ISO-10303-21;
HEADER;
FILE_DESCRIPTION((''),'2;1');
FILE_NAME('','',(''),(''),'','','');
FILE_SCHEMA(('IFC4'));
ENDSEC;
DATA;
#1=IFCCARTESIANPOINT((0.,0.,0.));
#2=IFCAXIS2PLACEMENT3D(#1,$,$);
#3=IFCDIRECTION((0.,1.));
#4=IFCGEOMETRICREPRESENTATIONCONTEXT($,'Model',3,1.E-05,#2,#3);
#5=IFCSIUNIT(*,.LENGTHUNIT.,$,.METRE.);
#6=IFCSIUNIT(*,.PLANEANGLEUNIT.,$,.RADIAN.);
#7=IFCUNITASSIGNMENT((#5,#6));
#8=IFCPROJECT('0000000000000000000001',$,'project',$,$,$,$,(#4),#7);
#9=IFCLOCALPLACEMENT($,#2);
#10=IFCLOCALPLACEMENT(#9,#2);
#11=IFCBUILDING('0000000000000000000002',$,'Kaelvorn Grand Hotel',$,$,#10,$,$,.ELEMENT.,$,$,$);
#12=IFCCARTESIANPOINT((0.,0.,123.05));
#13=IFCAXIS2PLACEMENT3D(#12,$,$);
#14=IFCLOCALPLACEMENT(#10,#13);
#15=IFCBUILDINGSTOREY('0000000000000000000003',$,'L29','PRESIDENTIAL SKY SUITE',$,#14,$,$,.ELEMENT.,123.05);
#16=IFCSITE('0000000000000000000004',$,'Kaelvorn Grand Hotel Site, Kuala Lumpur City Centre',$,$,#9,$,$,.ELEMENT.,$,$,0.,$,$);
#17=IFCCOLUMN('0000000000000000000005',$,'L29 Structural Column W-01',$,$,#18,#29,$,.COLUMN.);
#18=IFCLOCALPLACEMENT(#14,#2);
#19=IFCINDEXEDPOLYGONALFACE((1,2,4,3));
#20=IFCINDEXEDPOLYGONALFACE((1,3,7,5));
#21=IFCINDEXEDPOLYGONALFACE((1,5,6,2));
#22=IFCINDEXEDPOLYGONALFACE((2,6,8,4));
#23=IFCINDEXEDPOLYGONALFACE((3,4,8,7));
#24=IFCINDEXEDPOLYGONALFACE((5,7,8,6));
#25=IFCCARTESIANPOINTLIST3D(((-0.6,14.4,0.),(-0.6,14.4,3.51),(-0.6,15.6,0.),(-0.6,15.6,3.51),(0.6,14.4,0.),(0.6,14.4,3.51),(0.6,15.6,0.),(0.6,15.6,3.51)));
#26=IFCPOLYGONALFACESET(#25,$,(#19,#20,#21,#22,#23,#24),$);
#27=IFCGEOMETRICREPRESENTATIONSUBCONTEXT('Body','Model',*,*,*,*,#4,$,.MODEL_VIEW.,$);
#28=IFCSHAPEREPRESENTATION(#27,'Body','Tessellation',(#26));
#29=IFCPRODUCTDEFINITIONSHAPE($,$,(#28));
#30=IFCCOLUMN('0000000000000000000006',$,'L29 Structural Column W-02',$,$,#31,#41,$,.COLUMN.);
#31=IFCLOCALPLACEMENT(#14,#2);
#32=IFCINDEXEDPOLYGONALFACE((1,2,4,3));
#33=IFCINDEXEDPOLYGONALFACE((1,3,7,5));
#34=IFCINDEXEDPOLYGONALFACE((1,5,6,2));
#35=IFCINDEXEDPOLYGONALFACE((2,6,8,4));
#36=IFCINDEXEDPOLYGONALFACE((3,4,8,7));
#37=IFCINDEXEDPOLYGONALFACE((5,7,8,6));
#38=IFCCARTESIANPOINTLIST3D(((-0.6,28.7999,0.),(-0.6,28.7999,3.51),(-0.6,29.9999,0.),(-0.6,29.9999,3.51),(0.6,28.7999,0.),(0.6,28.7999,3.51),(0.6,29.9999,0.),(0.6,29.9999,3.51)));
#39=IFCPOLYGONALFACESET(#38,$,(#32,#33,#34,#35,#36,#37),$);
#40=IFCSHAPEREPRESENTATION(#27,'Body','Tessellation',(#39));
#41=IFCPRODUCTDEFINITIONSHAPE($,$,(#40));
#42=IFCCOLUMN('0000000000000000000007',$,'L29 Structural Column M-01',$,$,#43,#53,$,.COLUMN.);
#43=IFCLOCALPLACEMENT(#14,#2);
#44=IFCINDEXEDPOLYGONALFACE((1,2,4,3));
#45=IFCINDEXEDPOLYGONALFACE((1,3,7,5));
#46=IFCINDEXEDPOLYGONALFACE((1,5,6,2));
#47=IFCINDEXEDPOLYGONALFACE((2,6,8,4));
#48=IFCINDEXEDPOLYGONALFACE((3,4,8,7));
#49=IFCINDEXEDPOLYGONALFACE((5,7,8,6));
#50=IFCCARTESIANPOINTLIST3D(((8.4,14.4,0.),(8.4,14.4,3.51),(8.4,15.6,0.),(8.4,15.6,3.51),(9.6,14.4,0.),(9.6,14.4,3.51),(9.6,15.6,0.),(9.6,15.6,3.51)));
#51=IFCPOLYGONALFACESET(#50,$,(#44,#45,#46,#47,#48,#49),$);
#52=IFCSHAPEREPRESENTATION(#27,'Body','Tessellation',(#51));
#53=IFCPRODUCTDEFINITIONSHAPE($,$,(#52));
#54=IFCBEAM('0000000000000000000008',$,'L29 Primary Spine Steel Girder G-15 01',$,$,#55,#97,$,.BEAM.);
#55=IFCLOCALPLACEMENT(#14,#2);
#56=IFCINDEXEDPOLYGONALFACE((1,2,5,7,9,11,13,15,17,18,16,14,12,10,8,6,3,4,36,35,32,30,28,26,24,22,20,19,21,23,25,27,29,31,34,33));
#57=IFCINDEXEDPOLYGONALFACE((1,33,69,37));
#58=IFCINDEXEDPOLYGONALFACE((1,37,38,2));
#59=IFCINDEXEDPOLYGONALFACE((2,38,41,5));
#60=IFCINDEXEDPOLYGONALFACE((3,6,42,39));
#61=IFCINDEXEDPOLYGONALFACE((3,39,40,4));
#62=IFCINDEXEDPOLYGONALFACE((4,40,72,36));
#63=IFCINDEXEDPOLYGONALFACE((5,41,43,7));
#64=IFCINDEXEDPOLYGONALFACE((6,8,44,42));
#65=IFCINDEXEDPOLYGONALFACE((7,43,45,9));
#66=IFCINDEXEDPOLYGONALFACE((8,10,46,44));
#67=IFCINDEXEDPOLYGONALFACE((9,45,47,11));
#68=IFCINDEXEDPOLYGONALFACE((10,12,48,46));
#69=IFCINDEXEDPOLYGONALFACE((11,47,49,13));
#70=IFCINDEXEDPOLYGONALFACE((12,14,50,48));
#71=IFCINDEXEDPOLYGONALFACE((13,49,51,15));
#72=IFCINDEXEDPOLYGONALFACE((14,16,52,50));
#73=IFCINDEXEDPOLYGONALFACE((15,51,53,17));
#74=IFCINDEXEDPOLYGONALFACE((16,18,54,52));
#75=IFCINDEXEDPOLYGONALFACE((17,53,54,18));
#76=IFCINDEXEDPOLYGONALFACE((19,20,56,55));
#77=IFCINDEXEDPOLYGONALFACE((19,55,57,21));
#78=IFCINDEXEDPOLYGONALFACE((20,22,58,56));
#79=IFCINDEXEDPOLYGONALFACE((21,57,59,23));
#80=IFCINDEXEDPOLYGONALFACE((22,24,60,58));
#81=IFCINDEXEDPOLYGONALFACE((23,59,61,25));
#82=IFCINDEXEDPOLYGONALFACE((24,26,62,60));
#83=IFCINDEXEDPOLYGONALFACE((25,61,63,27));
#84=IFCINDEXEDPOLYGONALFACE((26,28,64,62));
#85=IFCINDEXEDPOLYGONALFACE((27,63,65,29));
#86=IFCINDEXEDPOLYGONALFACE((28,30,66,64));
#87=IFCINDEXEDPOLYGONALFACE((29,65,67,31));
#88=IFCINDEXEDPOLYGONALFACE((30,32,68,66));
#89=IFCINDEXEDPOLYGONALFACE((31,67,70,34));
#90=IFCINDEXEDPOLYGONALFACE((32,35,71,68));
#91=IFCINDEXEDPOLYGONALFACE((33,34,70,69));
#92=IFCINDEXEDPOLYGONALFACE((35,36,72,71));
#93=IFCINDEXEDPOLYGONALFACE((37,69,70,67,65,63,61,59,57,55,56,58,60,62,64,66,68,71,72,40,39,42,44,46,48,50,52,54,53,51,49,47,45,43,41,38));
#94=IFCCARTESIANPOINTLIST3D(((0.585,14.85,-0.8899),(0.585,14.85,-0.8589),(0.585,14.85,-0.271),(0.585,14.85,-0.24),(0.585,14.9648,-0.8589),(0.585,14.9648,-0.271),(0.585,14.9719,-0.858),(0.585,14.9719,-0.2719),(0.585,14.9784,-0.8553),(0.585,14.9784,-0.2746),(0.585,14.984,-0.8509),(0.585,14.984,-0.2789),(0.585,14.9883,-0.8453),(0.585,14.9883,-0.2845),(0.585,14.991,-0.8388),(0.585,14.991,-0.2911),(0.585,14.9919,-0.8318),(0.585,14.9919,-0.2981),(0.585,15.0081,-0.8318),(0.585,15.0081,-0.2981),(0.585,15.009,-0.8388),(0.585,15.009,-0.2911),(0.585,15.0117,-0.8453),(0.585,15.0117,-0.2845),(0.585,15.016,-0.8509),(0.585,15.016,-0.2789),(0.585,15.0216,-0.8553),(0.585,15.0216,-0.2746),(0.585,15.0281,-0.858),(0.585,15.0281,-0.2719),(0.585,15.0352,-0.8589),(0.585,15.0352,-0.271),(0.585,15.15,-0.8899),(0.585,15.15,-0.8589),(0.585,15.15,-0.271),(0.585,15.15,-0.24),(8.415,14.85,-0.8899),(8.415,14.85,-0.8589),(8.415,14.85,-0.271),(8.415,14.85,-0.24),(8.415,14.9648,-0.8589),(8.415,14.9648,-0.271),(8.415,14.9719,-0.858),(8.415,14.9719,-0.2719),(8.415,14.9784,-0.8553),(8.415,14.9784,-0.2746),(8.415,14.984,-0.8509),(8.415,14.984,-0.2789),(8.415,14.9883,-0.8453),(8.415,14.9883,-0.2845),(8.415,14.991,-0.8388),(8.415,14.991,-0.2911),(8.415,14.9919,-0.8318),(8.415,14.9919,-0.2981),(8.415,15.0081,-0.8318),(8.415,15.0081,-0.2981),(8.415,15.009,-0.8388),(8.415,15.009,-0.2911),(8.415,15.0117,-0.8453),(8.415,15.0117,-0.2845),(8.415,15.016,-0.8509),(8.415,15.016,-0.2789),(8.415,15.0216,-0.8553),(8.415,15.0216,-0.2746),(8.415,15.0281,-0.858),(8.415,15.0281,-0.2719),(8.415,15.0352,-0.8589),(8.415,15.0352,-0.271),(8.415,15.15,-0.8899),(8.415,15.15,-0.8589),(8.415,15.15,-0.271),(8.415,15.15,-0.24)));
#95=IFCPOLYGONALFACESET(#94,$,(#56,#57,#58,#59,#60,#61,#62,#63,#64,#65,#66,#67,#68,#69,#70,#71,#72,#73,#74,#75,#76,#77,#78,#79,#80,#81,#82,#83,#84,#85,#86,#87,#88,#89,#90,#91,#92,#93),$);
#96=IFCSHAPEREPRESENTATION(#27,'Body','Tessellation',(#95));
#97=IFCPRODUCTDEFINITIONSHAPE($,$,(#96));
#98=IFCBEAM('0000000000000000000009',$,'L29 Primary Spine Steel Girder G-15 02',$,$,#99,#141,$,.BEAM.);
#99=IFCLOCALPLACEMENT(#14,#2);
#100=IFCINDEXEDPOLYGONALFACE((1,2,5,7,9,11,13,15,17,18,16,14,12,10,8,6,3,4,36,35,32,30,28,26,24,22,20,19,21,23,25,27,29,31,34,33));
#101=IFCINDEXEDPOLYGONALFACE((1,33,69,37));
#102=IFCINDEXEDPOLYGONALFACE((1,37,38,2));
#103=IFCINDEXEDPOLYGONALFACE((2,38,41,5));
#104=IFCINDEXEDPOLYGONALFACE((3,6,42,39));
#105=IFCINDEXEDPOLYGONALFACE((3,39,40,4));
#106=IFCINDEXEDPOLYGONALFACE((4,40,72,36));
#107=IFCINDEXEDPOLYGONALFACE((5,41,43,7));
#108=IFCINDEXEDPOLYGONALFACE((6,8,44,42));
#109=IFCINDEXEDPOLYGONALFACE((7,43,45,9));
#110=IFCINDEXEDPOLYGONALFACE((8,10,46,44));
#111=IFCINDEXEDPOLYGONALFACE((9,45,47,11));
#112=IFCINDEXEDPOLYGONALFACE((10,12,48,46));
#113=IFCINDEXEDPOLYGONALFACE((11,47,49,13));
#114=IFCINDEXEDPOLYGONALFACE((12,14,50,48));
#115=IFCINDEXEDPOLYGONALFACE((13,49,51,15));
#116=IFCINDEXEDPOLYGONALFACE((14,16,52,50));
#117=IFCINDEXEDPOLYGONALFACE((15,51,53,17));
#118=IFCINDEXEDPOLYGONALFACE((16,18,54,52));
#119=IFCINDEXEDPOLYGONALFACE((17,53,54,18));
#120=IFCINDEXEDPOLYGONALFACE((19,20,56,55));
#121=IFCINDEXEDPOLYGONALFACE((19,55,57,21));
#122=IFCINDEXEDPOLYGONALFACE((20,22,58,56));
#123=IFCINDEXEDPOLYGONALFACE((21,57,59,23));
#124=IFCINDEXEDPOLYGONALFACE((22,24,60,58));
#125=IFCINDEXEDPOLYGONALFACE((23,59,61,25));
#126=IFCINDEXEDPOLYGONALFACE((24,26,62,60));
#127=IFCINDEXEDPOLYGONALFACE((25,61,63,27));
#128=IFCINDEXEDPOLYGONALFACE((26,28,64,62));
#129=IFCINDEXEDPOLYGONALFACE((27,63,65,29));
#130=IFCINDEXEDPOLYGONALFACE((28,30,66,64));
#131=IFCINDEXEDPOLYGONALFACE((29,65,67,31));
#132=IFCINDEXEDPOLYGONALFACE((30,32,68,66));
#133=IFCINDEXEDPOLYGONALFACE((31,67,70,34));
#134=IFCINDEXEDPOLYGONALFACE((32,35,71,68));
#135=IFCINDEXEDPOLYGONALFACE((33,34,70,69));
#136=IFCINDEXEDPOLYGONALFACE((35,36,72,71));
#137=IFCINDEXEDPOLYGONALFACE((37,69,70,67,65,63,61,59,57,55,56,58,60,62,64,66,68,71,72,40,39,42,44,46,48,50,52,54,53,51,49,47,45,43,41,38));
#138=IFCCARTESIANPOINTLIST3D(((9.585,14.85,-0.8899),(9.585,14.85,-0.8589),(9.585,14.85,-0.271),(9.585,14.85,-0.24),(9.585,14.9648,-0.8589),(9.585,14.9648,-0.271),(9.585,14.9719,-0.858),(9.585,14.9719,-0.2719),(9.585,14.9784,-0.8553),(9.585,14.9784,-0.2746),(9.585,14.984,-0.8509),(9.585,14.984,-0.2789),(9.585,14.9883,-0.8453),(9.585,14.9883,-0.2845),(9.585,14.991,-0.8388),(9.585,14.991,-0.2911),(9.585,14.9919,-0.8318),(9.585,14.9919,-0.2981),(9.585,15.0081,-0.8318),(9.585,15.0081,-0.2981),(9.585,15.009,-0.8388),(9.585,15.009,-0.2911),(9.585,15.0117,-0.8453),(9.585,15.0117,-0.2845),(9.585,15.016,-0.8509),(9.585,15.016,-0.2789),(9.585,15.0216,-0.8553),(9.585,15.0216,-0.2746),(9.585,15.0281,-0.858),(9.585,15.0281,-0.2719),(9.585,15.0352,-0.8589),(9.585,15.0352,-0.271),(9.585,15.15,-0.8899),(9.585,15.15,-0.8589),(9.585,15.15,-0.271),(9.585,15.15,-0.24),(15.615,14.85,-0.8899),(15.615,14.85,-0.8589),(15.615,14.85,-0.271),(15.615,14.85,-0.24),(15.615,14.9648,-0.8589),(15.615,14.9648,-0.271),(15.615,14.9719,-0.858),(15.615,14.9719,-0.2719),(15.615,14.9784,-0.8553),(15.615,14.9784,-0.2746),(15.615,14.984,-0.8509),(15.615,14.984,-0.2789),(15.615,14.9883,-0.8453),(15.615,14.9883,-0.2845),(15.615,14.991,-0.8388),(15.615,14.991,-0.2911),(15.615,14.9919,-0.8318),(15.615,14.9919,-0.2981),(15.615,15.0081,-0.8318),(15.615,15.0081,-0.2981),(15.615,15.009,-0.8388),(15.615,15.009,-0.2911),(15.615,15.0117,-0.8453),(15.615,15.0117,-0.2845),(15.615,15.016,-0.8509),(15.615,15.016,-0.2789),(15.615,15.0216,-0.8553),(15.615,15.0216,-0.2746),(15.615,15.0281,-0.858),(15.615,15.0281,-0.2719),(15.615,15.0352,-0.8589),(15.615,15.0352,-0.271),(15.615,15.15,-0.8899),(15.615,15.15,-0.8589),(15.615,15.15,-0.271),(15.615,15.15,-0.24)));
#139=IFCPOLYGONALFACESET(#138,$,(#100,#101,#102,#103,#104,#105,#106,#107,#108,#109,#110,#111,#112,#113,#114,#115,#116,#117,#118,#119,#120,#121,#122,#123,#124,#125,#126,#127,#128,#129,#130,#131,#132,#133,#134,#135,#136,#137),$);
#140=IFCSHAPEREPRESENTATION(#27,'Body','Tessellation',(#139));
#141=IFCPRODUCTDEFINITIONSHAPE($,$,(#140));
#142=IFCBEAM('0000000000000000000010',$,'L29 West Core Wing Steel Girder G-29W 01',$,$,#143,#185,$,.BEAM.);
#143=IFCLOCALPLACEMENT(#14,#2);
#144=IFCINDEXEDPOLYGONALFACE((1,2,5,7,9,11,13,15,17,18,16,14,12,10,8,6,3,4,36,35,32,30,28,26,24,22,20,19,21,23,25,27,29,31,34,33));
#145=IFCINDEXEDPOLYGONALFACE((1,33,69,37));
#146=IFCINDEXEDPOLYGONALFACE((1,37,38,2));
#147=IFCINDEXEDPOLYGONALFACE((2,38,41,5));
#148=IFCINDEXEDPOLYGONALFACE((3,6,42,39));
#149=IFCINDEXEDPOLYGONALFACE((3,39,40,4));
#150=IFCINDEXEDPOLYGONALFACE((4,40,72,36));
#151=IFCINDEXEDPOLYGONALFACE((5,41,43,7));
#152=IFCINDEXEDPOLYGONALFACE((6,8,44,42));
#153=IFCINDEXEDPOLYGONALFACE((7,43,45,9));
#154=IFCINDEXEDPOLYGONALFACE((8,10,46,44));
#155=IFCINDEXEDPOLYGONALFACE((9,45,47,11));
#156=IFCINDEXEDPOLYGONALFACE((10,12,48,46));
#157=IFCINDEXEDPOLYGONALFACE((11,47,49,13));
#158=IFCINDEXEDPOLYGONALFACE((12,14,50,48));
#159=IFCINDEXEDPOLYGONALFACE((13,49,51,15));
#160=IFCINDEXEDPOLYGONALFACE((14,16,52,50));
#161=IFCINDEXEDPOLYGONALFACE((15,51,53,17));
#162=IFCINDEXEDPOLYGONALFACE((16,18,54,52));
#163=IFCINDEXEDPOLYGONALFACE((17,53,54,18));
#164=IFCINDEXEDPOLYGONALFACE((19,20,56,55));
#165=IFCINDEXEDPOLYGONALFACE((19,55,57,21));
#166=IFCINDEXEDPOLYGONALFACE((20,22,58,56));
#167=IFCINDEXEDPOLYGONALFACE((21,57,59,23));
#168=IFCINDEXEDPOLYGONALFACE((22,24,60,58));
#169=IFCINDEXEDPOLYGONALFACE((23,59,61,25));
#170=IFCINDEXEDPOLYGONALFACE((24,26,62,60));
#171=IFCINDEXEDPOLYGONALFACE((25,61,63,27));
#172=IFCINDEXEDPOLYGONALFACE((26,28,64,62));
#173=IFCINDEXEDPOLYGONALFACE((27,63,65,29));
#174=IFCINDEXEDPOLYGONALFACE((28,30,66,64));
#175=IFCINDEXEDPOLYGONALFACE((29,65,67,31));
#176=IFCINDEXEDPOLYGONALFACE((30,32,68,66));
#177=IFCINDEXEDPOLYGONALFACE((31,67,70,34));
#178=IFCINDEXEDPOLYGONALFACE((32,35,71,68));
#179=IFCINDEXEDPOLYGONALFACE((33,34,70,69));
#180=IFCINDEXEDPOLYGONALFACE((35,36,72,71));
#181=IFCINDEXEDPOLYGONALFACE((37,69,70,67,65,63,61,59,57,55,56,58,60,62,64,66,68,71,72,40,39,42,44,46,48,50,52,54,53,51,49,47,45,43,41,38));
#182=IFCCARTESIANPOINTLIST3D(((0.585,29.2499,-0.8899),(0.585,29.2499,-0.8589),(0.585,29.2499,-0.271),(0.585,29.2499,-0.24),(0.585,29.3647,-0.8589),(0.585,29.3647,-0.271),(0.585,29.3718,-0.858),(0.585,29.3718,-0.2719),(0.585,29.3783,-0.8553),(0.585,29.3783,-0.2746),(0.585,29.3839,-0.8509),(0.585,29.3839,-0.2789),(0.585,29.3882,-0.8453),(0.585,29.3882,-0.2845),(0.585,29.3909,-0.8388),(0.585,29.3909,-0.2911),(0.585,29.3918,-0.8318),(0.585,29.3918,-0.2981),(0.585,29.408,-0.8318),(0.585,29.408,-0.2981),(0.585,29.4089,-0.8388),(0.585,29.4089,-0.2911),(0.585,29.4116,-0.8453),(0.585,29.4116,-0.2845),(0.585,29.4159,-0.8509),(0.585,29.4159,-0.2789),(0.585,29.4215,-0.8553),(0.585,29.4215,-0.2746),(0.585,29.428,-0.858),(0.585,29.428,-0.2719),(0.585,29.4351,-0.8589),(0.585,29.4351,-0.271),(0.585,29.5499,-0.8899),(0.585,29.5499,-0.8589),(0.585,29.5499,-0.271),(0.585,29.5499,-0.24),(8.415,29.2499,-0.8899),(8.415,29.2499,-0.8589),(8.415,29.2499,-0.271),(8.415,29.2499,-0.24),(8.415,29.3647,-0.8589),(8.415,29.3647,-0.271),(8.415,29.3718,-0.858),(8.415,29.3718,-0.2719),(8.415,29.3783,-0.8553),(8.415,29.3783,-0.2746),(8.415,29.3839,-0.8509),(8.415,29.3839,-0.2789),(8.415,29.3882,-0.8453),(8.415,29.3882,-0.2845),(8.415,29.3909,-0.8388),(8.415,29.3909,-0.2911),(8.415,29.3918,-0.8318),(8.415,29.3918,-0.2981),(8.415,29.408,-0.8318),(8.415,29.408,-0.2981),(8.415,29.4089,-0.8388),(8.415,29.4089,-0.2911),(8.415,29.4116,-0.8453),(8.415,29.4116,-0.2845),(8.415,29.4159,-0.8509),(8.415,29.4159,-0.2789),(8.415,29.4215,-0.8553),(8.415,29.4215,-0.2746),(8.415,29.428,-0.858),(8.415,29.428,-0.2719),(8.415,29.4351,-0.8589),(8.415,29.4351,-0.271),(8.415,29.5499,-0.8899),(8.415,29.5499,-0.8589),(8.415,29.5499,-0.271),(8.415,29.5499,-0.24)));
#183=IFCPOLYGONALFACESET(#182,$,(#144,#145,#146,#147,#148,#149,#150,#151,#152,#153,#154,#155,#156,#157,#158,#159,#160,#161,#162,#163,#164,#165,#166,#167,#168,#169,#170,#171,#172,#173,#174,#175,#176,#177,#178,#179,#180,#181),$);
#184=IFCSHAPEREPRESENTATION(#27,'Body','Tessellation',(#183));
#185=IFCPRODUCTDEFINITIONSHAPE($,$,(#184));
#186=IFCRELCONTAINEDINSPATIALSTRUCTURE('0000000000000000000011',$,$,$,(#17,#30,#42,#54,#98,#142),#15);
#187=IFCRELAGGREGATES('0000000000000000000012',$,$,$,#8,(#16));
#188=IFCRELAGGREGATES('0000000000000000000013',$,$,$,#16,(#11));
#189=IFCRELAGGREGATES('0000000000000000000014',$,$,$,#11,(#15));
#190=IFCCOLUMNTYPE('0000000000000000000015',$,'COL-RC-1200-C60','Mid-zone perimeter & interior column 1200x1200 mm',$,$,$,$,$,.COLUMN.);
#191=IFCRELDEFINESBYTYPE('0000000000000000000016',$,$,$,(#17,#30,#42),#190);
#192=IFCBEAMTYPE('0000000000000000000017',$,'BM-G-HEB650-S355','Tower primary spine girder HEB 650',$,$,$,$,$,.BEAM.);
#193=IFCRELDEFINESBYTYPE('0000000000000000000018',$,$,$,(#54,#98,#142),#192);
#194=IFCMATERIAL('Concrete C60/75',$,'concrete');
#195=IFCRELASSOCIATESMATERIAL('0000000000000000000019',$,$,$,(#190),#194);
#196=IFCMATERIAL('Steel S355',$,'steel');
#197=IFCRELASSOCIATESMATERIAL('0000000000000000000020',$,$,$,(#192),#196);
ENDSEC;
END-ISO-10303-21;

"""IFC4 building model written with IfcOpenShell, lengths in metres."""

from ifc_helpers import new_model, si_unit, direction, frame, origin, origin_2d, place, context, subcontext, project, spatial, rectangle, i_section, extrude, material, material_profile, profile_set, type_object, element, save


model = new_model("IFC4")

# Units and contexts
model_context = context("Model", 3, precision=1e-05, world=origin(), true_north=direction((0.0, 1.0)))
body_context = subcontext(model_context, "Body", "Model", "MODEL_VIEW")
ifc_project = project(units=[si_unit("LENGTHUNIT", "METRE"), si_unit("PLANEANGLEUNIT", "RADIAN")], contexts=[model_context])

# Site, building, storey
site_placement = place(None, origin())
site = spatial("IfcSite", under=ifc_project, at=site_placement, Name="Kaelvorn Grand Hotel Site, Kuala Lumpur City Centre", CompositionType="ELEMENT", RefElevation=0.0)
building_placement = place(site_placement, origin())
building = spatial("IfcBuilding", under=site, at=building_placement, Name="Kaelvorn Grand Hotel", CompositionType="ELEMENT")
storey_placement = place(building_placement, frame((0.0, 0.0, 123.05)))
storey = spatial("IfcBuildingStorey", under=building, at=storey_placement, Name="L29", Description="PRESIDENTIAL SKY SUITE", CompositionType="ELEMENT", Elevation=123.05)

# Columns
ifc_material_1 = material(Name="Concrete C60/75", Category="concrete")
ifc_material_profile_1 = material_profile(ifc_material_1, rectangle(XDim=1.2, YDim=1.2, at=origin_2d()), Name="RC COL 1200x1200")
ifc_profile_set_1 = profile_set([ifc_material_profile_1], Name="Concrete C60/75")
column_type = type_object("IfcColumnType", Name="COL-RC-1200-C60", Description="Mid-zone perimeter & interior column 1200x1200 mm", PredefinedType="COLUMN", material=ifc_profile_set_1)
for number, where, z_axis, x_axis, name in (
    (1, (0.0, 15.0, 0.0), (0.0, 0.0, 1.0), (1.0, 0.0, 0.0), "L29 Structural Column W-01"),
    (2, (0.0, 29.3999, 0.0), (0.0, 0.0, 1.0), (1.0, 0.0, 0.0), "L29 Structural Column W-02"),
    (3, (9.0, 15.0, 0.0), (0.0, 0.0, 1.0), (1.0, 0.0, 0.0), "L29 Structural Column M-01"),
):
    element("IfcColumn", number, at=place(storey_placement, frame(where, z_axis=z_axis, x_axis=x_axis)), inside=storey, type_object=column_type, Name=name, PredefinedType="COLUMN", context=body_context, shape_type="SweptSolid", body=[
        extrude(rectangle(XDim=1.2, YDim=1.2, at=origin_2d()), origin(), (0.0, 0.0, 1.0), 3.51),
    ])

# Beams
ifc_material_2 = material(Name="Steel S355", Category="steel")
ifc_material_profile_2 = material_profile(ifc_material_2, i_section(OverallWidth=0.3, OverallDepth=0.6499, WebThickness=0.0161, FlangeThickness=0.031, FilletRadius=0.0271, at=origin_2d()), Name="HEB 650")
ifc_profile_set_2 = profile_set([ifc_material_profile_2], Name="Steel S355")
beam_type_1 = type_object("IfcBeamType", Name="BM-G-HEB650-S355", Description="Tower primary spine girder HEB 650", PredefinedType="BEAM", material=ifc_profile_set_2)
beam_1_placement = place(storey_placement, frame((0.585, 15.0, -0.5649), z_axis=(1.0, 0.0, 0.0), x_axis=(0.0, 1.0, 0.0)))
element("IfcBeam", 4, at=beam_1_placement, inside=storey, type_object=beam_type_1, Name="L29 Primary Spine Steel Girder G-15 01", PredefinedType="BEAM", context=body_context, shape_type="SweptSolid", body=[
    extrude(i_section(OverallWidth=0.3, OverallDepth=0.6499, WebThickness=0.0161, FlangeThickness=0.031, FilletRadius=0.0271, at=origin_2d()), origin(), (0.0, 0.0, 1.0), 7.8301),
])
beam_2_placement = place(storey_placement, frame((9.585, 15.0, -0.5649), z_axis=(1.0, 0.0, 0.0), x_axis=(0.0, 1.0, 0.0)))
element("IfcBeam", 5, at=beam_2_placement, inside=storey, type_object=beam_type_1, Name="L29 Primary Spine Steel Girder G-15 02", PredefinedType="BEAM", context=body_context, shape_type="SweptSolid", body=[
    extrude(i_section(OverallWidth=0.3, OverallDepth=0.6499, WebThickness=0.0161, FlangeThickness=0.031, FilletRadius=0.0271, at=origin_2d()), origin(), (0.0, 0.0, 1.0), 6.03),
])
beam_3_placement = place(storey_placement, frame((0.585, 29.3999, -0.5649), z_axis=(1.0, 0.0, 0.0), x_axis=(0.0, 1.0, 0.0)))
element("IfcBeam", 6, at=beam_3_placement, inside=storey, type_object=beam_type_1, Name="L29 West Core Wing Steel Girder G-29W 01", PredefinedType="BEAM", context=body_context, shape_type="SweptSolid", body=[
    extrude(i_section(OverallWidth=0.3, OverallDepth=0.6499, WebThickness=0.0161, FlangeThickness=0.031, FilletRadius=0.0271, at=origin_2d()), origin(), (0.0, 0.0, 1.0), 7.8301),
])

save(model, "model.ifc")
